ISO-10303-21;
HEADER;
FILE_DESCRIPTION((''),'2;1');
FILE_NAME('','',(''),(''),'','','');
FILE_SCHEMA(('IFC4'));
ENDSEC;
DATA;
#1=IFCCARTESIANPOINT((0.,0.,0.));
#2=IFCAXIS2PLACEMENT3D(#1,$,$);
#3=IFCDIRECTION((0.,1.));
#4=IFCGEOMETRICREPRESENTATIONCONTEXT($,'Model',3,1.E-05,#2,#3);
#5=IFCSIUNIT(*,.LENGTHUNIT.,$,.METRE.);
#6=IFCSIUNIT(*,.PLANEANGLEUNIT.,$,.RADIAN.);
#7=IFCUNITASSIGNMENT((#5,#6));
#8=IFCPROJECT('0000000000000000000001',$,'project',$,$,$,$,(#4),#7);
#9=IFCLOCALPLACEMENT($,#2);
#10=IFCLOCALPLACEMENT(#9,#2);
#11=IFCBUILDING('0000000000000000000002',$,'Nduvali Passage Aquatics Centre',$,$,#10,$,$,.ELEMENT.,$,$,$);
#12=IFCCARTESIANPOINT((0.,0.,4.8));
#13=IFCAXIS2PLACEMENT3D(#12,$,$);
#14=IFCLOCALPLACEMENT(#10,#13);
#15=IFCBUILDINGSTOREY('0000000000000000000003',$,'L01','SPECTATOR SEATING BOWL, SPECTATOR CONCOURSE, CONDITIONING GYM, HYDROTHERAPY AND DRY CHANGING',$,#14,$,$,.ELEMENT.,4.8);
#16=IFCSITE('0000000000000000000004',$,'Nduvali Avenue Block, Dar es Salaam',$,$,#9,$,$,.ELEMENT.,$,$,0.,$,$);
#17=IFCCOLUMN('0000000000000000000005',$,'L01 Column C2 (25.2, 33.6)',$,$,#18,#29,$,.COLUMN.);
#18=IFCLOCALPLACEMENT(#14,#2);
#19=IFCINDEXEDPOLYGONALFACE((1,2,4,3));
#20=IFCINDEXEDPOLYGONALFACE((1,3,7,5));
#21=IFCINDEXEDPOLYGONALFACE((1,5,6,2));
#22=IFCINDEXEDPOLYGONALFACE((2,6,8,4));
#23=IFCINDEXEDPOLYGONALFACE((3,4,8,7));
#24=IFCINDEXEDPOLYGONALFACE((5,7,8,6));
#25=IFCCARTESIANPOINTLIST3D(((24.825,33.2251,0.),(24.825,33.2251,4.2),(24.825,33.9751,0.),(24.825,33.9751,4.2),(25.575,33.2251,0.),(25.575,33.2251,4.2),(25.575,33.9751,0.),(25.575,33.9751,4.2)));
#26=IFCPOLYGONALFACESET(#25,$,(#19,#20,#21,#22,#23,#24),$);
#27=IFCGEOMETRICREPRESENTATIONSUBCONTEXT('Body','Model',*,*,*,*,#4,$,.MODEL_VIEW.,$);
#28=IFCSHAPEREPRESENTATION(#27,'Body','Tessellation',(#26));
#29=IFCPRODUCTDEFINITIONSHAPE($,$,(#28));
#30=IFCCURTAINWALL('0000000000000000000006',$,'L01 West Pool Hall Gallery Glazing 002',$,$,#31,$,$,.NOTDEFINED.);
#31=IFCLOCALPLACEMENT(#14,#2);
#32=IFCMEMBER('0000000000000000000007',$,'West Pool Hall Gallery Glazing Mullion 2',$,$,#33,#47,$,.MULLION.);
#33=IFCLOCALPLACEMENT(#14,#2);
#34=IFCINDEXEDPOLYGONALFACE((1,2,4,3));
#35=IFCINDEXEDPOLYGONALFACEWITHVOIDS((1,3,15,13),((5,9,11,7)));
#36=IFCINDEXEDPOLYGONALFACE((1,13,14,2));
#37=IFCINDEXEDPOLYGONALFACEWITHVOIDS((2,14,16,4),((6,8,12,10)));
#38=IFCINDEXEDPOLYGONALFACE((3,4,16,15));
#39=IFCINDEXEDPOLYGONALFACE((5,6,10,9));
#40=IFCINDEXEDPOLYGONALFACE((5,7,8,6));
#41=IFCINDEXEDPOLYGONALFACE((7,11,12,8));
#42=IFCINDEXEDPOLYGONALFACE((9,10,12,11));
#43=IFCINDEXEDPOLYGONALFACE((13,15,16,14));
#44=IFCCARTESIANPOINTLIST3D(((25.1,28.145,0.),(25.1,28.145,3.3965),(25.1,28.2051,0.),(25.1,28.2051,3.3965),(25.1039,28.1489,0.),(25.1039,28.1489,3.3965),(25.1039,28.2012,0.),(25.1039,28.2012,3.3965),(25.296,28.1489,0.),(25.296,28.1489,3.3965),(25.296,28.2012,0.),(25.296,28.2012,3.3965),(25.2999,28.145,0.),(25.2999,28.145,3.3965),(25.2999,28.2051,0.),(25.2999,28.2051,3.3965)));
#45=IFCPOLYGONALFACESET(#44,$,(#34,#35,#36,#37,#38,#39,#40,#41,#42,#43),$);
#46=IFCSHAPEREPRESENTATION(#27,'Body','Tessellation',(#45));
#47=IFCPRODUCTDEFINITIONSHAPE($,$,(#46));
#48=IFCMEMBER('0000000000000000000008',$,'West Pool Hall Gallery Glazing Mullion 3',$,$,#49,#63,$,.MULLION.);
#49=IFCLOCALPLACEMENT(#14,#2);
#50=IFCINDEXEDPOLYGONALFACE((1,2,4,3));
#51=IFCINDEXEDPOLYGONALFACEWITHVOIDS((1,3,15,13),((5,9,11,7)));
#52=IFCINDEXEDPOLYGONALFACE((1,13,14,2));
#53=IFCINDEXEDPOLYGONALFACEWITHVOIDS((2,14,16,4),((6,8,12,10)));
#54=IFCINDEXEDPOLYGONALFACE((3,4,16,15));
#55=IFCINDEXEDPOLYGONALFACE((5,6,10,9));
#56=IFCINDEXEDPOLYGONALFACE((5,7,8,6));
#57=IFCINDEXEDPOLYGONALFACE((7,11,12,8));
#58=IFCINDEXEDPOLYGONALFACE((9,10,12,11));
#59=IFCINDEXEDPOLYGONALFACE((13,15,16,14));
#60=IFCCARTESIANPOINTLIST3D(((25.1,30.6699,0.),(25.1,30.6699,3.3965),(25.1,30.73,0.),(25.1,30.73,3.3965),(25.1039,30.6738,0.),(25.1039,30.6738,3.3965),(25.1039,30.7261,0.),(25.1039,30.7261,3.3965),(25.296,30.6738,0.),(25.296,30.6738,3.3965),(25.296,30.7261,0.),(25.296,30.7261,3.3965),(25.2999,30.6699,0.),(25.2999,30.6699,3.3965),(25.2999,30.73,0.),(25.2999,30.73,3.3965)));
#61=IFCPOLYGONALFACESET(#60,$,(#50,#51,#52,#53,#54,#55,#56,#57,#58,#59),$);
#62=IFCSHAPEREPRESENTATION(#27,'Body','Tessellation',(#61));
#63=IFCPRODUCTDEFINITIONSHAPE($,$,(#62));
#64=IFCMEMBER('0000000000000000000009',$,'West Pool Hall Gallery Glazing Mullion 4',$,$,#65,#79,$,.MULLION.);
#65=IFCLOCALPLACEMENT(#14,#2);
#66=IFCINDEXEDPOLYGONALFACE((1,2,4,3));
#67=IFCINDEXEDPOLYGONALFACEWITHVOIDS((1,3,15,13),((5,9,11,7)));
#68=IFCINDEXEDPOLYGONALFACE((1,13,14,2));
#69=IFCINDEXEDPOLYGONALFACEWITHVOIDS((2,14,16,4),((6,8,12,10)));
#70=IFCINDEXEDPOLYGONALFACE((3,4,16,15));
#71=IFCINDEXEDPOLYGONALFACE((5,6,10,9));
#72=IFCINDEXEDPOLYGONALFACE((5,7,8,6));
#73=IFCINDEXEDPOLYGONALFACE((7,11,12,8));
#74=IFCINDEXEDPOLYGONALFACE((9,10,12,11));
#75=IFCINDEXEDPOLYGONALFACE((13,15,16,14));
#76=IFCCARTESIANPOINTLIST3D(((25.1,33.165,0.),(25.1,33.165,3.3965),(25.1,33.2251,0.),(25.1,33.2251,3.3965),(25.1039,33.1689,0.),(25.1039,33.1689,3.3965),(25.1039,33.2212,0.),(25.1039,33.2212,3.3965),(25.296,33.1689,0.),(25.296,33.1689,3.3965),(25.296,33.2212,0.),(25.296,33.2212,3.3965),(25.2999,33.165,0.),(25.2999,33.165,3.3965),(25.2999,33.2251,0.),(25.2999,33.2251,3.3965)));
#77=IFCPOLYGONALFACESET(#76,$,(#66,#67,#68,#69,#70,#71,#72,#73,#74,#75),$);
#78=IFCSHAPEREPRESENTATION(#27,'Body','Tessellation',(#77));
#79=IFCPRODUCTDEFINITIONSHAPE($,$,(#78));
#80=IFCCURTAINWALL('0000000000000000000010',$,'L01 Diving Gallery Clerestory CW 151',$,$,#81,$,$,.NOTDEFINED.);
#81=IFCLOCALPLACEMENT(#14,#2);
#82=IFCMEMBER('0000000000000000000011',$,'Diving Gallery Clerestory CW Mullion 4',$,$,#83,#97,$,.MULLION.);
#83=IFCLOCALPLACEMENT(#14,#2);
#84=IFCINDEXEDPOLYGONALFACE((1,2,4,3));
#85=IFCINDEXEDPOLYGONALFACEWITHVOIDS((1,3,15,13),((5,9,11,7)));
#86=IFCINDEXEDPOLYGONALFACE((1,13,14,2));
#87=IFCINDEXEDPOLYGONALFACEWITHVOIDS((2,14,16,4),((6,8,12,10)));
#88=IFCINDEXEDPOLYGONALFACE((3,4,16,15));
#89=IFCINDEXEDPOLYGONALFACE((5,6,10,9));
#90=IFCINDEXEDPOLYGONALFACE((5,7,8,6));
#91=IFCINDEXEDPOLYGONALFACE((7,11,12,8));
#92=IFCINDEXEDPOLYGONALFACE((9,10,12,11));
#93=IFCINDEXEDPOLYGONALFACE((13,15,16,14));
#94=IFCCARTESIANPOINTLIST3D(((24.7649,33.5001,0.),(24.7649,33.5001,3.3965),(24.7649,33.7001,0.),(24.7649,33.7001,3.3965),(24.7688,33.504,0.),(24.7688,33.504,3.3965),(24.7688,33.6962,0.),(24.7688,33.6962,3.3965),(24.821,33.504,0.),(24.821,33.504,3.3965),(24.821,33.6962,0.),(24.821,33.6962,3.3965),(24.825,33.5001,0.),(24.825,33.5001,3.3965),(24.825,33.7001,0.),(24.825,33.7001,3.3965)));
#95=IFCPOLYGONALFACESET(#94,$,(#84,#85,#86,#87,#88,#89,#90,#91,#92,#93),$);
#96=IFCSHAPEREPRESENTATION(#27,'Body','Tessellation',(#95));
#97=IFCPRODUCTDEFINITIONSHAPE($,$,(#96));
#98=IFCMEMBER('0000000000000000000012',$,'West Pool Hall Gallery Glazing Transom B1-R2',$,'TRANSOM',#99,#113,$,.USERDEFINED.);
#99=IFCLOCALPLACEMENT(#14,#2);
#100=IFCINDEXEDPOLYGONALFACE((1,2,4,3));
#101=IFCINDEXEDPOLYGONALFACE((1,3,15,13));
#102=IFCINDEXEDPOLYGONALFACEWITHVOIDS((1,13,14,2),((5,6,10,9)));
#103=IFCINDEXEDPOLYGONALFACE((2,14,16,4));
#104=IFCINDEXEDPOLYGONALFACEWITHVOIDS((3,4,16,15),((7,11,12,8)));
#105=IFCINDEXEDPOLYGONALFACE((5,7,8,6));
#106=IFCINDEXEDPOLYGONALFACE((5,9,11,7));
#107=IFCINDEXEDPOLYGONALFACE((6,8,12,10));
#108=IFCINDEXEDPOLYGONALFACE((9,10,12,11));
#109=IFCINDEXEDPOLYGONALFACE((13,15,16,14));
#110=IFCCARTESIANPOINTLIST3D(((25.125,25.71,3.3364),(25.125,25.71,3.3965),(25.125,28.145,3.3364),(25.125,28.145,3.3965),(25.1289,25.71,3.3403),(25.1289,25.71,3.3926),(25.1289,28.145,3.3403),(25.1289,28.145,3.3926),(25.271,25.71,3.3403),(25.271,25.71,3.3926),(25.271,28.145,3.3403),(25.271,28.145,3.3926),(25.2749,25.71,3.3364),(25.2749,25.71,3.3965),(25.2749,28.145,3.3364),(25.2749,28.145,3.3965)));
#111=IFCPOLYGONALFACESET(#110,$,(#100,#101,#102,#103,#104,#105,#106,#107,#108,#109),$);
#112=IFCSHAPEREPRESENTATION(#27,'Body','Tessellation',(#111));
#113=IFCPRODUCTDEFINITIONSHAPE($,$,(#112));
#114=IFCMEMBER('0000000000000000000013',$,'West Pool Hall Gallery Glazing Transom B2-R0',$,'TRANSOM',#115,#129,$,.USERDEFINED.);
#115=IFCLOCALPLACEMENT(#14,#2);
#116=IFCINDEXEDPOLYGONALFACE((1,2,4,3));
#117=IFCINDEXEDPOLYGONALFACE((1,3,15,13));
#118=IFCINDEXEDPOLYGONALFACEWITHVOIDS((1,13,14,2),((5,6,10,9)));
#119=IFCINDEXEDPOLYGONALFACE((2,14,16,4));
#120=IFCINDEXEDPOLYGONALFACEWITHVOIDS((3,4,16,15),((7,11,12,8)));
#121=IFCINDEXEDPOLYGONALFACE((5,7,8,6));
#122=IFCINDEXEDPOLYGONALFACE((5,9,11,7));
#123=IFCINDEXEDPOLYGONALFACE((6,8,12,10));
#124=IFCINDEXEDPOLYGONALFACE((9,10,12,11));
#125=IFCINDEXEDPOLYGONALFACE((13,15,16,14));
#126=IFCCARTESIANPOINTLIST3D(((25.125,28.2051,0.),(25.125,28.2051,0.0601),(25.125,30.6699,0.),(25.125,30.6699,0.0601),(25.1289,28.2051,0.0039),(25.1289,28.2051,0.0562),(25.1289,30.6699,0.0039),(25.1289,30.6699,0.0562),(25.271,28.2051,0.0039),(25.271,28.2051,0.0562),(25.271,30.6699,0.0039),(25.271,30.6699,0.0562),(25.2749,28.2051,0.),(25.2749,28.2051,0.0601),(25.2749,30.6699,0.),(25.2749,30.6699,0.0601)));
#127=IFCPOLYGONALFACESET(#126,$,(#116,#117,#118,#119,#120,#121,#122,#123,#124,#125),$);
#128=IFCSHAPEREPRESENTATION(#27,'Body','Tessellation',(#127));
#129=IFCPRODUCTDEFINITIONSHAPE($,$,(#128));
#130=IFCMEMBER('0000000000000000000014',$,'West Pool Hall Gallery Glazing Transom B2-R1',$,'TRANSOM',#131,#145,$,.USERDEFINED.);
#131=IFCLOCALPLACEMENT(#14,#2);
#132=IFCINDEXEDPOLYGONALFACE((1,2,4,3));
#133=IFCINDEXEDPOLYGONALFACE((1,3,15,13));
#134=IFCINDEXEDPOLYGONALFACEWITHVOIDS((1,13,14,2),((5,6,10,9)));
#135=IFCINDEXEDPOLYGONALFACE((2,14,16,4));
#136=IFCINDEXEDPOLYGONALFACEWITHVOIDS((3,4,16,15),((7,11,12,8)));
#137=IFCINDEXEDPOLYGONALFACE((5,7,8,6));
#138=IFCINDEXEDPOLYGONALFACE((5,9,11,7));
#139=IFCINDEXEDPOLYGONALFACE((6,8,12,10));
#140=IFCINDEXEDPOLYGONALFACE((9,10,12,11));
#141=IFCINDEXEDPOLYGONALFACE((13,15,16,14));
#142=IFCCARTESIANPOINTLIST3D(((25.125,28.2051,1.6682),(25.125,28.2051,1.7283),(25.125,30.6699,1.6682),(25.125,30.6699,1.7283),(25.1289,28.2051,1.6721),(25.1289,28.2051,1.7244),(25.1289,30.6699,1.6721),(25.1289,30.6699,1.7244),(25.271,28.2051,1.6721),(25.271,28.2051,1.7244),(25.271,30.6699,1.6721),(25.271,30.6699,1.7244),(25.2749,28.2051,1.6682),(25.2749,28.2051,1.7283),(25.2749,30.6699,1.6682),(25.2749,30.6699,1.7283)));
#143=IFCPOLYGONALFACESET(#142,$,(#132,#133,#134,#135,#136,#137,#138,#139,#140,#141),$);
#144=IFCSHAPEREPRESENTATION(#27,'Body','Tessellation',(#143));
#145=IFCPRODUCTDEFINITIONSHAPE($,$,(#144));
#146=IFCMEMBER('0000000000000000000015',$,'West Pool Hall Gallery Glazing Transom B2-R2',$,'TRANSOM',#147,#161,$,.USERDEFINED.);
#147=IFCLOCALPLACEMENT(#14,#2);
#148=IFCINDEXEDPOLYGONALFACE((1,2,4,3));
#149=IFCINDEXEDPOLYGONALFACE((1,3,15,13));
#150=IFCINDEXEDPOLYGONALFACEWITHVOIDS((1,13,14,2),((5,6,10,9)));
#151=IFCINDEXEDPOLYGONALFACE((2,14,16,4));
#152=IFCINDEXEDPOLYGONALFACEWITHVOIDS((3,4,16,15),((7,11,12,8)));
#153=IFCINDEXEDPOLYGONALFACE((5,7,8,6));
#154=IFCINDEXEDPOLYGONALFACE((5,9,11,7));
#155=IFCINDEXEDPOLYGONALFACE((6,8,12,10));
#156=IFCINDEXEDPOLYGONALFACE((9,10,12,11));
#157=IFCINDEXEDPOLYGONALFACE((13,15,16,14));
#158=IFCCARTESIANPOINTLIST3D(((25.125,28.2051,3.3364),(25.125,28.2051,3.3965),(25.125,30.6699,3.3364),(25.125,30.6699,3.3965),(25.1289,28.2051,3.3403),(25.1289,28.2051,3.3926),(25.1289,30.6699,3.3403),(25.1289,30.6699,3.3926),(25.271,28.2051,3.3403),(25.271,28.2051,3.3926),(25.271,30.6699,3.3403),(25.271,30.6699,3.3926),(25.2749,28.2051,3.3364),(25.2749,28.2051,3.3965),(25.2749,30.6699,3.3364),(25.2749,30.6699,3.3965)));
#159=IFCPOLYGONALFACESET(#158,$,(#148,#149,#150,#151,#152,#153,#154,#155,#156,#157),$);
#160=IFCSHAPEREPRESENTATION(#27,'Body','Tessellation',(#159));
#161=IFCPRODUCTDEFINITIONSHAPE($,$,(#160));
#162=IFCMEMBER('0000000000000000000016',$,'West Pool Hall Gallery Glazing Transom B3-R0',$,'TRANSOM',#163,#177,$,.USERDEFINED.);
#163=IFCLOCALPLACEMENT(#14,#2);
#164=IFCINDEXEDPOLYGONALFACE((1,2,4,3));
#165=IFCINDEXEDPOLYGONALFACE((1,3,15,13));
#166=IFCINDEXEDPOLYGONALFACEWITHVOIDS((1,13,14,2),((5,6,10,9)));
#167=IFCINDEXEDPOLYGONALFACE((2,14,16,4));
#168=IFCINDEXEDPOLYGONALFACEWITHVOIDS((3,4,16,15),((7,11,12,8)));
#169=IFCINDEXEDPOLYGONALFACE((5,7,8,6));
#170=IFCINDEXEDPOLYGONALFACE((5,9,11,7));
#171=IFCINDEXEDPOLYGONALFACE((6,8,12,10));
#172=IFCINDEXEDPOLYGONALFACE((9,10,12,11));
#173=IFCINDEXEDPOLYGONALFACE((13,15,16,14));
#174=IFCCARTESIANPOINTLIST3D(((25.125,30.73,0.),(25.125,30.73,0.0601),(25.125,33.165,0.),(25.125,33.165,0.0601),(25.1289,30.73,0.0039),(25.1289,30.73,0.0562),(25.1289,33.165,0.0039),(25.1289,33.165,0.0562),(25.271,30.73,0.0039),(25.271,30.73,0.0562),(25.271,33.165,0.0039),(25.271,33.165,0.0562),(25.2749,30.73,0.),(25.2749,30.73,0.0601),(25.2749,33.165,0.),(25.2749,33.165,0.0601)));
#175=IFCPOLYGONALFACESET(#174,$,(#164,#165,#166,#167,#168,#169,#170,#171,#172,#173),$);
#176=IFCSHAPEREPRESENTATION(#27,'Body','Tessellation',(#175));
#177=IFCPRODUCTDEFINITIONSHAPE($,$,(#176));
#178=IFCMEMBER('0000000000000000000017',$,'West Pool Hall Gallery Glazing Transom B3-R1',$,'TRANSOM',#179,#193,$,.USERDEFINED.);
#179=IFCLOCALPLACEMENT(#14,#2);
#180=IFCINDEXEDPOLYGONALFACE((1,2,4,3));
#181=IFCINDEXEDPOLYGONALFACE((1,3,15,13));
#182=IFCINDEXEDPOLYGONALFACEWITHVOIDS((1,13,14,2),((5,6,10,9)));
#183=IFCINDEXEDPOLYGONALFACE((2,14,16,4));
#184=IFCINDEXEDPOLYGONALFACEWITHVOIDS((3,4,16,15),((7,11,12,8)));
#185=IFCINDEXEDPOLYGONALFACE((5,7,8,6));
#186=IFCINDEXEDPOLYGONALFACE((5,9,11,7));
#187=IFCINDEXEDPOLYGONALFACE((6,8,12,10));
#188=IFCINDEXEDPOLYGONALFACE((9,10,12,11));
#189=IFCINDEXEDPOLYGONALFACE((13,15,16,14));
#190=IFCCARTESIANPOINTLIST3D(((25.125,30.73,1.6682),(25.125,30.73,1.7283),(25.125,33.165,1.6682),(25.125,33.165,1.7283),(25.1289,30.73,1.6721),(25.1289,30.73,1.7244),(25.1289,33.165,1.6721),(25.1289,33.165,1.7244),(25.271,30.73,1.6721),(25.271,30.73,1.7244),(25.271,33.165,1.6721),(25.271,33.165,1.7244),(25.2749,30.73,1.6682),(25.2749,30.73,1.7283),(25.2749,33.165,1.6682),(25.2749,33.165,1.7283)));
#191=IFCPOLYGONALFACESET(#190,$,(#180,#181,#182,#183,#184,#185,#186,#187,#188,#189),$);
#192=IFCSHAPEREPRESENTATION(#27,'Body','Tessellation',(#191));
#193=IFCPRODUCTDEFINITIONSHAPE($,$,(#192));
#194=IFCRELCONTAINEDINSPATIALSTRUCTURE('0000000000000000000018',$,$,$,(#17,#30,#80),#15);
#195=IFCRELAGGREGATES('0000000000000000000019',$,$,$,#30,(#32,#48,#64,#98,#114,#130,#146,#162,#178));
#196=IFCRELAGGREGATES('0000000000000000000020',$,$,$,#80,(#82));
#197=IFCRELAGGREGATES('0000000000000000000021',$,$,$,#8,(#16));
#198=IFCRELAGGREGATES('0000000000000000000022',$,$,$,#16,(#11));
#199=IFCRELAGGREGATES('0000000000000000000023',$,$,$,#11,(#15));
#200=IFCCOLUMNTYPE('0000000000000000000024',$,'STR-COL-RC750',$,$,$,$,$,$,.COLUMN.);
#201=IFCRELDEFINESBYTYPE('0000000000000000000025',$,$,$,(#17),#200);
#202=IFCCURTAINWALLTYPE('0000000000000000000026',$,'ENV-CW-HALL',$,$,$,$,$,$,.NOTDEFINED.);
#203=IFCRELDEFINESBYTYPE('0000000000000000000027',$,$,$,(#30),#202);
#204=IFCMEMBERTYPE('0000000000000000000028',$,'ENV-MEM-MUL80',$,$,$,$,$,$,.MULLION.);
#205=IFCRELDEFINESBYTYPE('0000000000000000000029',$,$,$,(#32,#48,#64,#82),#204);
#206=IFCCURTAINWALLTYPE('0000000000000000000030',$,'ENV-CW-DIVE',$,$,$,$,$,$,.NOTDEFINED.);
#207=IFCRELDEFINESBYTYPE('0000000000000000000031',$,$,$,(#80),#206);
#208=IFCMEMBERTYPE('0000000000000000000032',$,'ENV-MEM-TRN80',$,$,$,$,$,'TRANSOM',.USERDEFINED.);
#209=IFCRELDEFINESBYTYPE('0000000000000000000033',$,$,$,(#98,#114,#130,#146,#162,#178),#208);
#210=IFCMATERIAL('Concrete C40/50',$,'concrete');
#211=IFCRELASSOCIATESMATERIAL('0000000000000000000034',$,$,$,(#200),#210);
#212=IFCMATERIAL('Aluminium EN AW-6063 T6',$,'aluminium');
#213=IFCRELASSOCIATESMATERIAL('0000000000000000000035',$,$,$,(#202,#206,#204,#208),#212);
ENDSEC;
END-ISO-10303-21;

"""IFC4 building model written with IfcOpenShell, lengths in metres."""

from ifc_helpers import new_model, si_unit, direction, frame, origin, origin_2d, place, context, subcontext, project, spatial, rectangle, hollow_rectangle, extrude, material, material_profile, profile_set, type_object, element, aggregate, save


model = new_model("IFC4")

# Units and contexts
model_context = context("Model", 3, precision=1e-05, world=origin(), true_north=direction((0.0, 1.0)))
body_context = subcontext(model_context, "Body", "Model", "MODEL_VIEW")
ifc_project = project(units=[si_unit("LENGTHUNIT", "METRE"), si_unit("PLANEANGLEUNIT", "RADIAN")], contexts=[model_context])

# Site, building, storey
site_placement = place(None, origin())
site = spatial("IfcSite", under=ifc_project, at=site_placement, Name="Nduvali Avenue Block, Dar es Salaam", CompositionType="ELEMENT", RefElevation=0.0)
building_placement = place(site_placement, origin())
building = spatial("IfcBuilding", under=site, at=building_placement, Name="Nduvali Passage Aquatics Centre", CompositionType="ELEMENT")
storey_placement = place(building_placement, frame((0.0, 0.0, 4.8)))
storey = spatial("IfcBuildingStorey", under=building, at=storey_placement, Name="L01", Description="SPECTATOR SEATING BOWL, SPECTATOR CONCOURSE, CONDITIONING GYM, HYDROTHERAPY AND DRY CHANGING", CompositionType="ELEMENT", Elevation=4.8)

# Column
ifc_material_1 = material(Name="Concrete C40/50", Category="concrete")
ifc_material_profile_1 = material_profile(ifc_material_1, rectangle(XDim=0.75, YDim=0.75, at=origin_2d()), Name="RC 750x750")
ifc_profile_set_1 = profile_set([ifc_material_profile_1], Name="Concrete C40/50")
column_type = type_object("IfcColumnType", Name="STR-COL-RC750", PredefinedType="COLUMN", material=ifc_profile_set_1)
column_placement = place(storey_placement, frame((25.2, 33.6001, 0.0), z_axis=(0.0, 0.0, 1.0), x_axis=(1.0, 0.0, 0.0)))
element("IfcColumn", 1, at=column_placement, inside=storey, type_object=column_type, Name="L01 Column C2 (25.2, 33.6)", PredefinedType="COLUMN", context=body_context, shape_type="SweptSolid", body=[
    extrude(rectangle(XDim=0.75, YDim=0.75, at=origin_2d()), origin(), (0.0, 0.0, 1.0), 4.2),
])

# Curtain wall, members
ifc_material_2 = material(Name="Aluminium EN AW-6063 T6", Category="aluminium")
curtain_wall_type_1 = type_object("IfcCurtainWallType", Name="ENV-CW-HALL", PredefinedType="NOTDEFINED", material=ifc_material_2)
curtain_wall_1_placement = place(storey_placement, origin())
curtain_wall_1 = element("IfcCurtainWall", 2, at=curtain_wall_1_placement, inside=storey, type_object=curtain_wall_type_1, Name="L01 West Pool Hall Gallery Glazing 002", PredefinedType="NOTDEFINED")
ifc_material_profile_2 = material_profile(ifc_material_2, hollow_rectangle(XDim=0.0601, YDim=0.2, WallThickness=0.0039, at=origin_2d()), Name="ALU MULLION 60x200x4")
ifc_profile_set_2 = profile_set([ifc_material_profile_2], Name="Aluminium EN AW-6063 T6")
member_type_1 = type_object("IfcMemberType", Name="ENV-MEM-MUL80", PredefinedType="MULLION", material=ifc_profile_set_2)
member_1_placement = place(storey_placement, frame((25.2, 28.175, 0.0), z_axis=(0.0, 0.0, 1.0), x_axis=(0.0, 1.0, 0.0)))
member_1 = element("IfcMember", 3, at=member_1_placement, type_object=member_type_1, Name="West Pool Hall Gallery Glazing Mullion 2", PredefinedType="MULLION", context=body_context, shape_type="SweptSolid", body=[
    extrude(hollow_rectangle(XDim=0.0601, YDim=0.2, WallThickness=0.0039, at=origin_2d()), origin(), (0.0, 0.0, 1.0), 3.3965),
])
member_2_placement = place(storey_placement, frame((25.2, 30.7, 0.0), z_axis=(0.0, 0.0, 1.0), x_axis=(0.0, 1.0, 0.0)))
member_2 = element("IfcMember", 4, at=member_2_placement, type_object=member_type_1, Name="West Pool Hall Gallery Glazing Mullion 3", PredefinedType="MULLION", context=body_context, shape_type="SweptSolid", body=[
    extrude(hollow_rectangle(XDim=0.0601, YDim=0.2, WallThickness=0.0039, at=origin_2d()), origin(), (0.0, 0.0, 1.0), 3.3965),
])
member_3_placement = place(storey_placement, frame((25.2, 33.1951, 0.0), z_axis=(0.0, 0.0, 1.0), x_axis=(0.0, 1.0, 0.0)))
member_3 = element("IfcMember", 5, at=member_3_placement, type_object=member_type_1, Name="West Pool Hall Gallery Glazing Mullion 4", PredefinedType="MULLION", context=body_context, shape_type="SweptSolid", body=[
    extrude(hollow_rectangle(XDim=0.0601, YDim=0.2, WallThickness=0.0039, at=origin_2d()), origin(), (0.0, 0.0, 1.0), 3.3965),
])

# Curtain wall, member
curtain_wall_type_2 = type_object("IfcCurtainWallType", Name="ENV-CW-DIVE", PredefinedType="NOTDEFINED", material=ifc_material_2)
curtain_wall_2_placement = place(storey_placement, origin())
curtain_wall_2 = element("IfcCurtainWall", 6, at=curtain_wall_2_placement, inside=storey, type_object=curtain_wall_type_2, Name="L01 Diving Gallery Clerestory CW 151", PredefinedType="NOTDEFINED")
member_4_placement = place(storey_placement, frame((24.7949, 33.6001, 0.0), z_axis=(0.0, 0.0, 1.0), x_axis=(1.0, 0.0, 0.0)))
member_4 = element("IfcMember", 7, at=member_4_placement, type_object=member_type_1, Name="Diving Gallery Clerestory CW Mullion 4", PredefinedType="MULLION", context=body_context, shape_type="SweptSolid", body=[
    extrude(hollow_rectangle(XDim=0.0601, YDim=0.2, WallThickness=0.0039, at=origin_2d()), origin(), (0.0, 0.0, 1.0), 3.3965),
])

# Members
ifc_material_profile_3 = material_profile(ifc_material_2, hollow_rectangle(XDim=0.1499, YDim=0.0601, WallThickness=0.0039, at=origin_2d()), Name="ALU TRANSOM 150x60x4")
ifc_profile_set_3 = profile_set([ifc_material_profile_3], Name="Aluminium EN AW-6063 T6")
member_type_2 = type_object("IfcMemberType", Name="ENV-MEM-TRN80", ElementType="TRANSOM", PredefinedType="USERDEFINED", material=ifc_profile_set_3)
member_5_placement = place(storey_placement, frame((25.2, 25.71, 3.3665), z_axis=(0.0, 1.0, 0.0), x_axis=(-1.0, 0.0, 0.0)))
member_5 = element("IfcMember", 8, at=member_5_placement, type_object=member_type_2, Name="West Pool Hall Gallery Glazing Transom B1-R2", ObjectType="TRANSOM", PredefinedType="USERDEFINED", context=body_context, shape_type="SweptSolid", body=[
    extrude(hollow_rectangle(XDim=0.1499, YDim=0.0601, WallThickness=0.0039, at=origin_2d()), origin(), (0.0, 0.0, 1.0), 2.4351),
])
member_6_placement = place(storey_placement, frame((25.2, 28.2051, 0.03), z_axis=(0.0, 1.0, 0.0), x_axis=(-1.0, 0.0, 0.0)))
member_6 = element("IfcMember", 9, at=member_6_placement, type_object=member_type_2, Name="West Pool Hall Gallery Glazing Transom B2-R0", ObjectType="TRANSOM", PredefinedType="USERDEFINED", context=body_context, shape_type="SweptSolid", body=[
    extrude(hollow_rectangle(XDim=0.1499, YDim=0.0601, WallThickness=0.0039, at=origin_2d()), origin(), (0.0, 0.0, 1.0), 2.4648),
])
member_7_placement = place(storey_placement, frame((25.2, 28.2051, 1.6982), z_axis=(0.0, 1.0, 0.0), x_axis=(-1.0, 0.0, 0.0)))
member_7 = element("IfcMember", 10, at=member_7_placement, type_object=member_type_2, Name="West Pool Hall Gallery Glazing Transom B2-R1", ObjectType="TRANSOM", PredefinedType="USERDEFINED", context=body_context, shape_type="SweptSolid", body=[
    extrude(hollow_rectangle(XDim=0.1499, YDim=0.0601, WallThickness=0.0039, at=origin_2d()), origin(), (0.0, 0.0, 1.0), 2.4648),
])
member_8_placement = place(storey_placement, frame((25.2, 28.2051, 3.3665), z_axis=(0.0, 1.0, 0.0), x_axis=(-1.0, 0.0, 0.0)))
member_8 = element("IfcMember", 11, at=member_8_placement, type_object=member_type_2, Name="West Pool Hall Gallery Glazing Transom B2-R2", ObjectType="TRANSOM", PredefinedType="USERDEFINED", context=body_context, shape_type="SweptSolid", body=[
    extrude(hollow_rectangle(XDim=0.1499, YDim=0.0601, WallThickness=0.0039, at=origin_2d()), origin(), (0.0, 0.0, 1.0), 2.4648),
])
member_9_placement = place(storey_placement, frame((25.2, 30.73, 0.03), z_axis=(0.0, 1.0, 0.0), x_axis=(-1.0, 0.0, 0.0)))
member_9 = element("IfcMember", 12, at=member_9_placement, type_object=member_type_2, Name="West Pool Hall Gallery Glazing Transom B3-R0", ObjectType="TRANSOM", PredefinedType="USERDEFINED", context=body_context, shape_type="SweptSolid", body=[
    extrude(hollow_rectangle(XDim=0.1499, YDim=0.0601, WallThickness=0.0039, at=origin_2d()), origin(), (0.0, 0.0, 1.0), 2.4351),
])
member_10_placement = place(storey_placement, frame((25.2, 30.73, 1.6982), z_axis=(0.0, 1.0, 0.0), x_axis=(-1.0, 0.0, 0.0)))
member_10 = element("IfcMember", 13, at=member_10_placement, type_object=member_type_2, Name="West Pool Hall Gallery Glazing Transom B3-R1", ObjectType="TRANSOM", PredefinedType="USERDEFINED", context=body_context, shape_type="SweptSolid", body=[
    extrude(hollow_rectangle(XDim=0.1499, YDim=0.0601, WallThickness=0.0039, at=origin_2d()), origin(), (0.0, 0.0, 1.0), 2.4351),
])

aggregate(curtain_wall_1, [member_1, member_2, member_3, member_5, member_6, member_7, member_8, member_9, member_10])
aggregate(curtain_wall_2, [member_4])

save(model, "model.ifc")
